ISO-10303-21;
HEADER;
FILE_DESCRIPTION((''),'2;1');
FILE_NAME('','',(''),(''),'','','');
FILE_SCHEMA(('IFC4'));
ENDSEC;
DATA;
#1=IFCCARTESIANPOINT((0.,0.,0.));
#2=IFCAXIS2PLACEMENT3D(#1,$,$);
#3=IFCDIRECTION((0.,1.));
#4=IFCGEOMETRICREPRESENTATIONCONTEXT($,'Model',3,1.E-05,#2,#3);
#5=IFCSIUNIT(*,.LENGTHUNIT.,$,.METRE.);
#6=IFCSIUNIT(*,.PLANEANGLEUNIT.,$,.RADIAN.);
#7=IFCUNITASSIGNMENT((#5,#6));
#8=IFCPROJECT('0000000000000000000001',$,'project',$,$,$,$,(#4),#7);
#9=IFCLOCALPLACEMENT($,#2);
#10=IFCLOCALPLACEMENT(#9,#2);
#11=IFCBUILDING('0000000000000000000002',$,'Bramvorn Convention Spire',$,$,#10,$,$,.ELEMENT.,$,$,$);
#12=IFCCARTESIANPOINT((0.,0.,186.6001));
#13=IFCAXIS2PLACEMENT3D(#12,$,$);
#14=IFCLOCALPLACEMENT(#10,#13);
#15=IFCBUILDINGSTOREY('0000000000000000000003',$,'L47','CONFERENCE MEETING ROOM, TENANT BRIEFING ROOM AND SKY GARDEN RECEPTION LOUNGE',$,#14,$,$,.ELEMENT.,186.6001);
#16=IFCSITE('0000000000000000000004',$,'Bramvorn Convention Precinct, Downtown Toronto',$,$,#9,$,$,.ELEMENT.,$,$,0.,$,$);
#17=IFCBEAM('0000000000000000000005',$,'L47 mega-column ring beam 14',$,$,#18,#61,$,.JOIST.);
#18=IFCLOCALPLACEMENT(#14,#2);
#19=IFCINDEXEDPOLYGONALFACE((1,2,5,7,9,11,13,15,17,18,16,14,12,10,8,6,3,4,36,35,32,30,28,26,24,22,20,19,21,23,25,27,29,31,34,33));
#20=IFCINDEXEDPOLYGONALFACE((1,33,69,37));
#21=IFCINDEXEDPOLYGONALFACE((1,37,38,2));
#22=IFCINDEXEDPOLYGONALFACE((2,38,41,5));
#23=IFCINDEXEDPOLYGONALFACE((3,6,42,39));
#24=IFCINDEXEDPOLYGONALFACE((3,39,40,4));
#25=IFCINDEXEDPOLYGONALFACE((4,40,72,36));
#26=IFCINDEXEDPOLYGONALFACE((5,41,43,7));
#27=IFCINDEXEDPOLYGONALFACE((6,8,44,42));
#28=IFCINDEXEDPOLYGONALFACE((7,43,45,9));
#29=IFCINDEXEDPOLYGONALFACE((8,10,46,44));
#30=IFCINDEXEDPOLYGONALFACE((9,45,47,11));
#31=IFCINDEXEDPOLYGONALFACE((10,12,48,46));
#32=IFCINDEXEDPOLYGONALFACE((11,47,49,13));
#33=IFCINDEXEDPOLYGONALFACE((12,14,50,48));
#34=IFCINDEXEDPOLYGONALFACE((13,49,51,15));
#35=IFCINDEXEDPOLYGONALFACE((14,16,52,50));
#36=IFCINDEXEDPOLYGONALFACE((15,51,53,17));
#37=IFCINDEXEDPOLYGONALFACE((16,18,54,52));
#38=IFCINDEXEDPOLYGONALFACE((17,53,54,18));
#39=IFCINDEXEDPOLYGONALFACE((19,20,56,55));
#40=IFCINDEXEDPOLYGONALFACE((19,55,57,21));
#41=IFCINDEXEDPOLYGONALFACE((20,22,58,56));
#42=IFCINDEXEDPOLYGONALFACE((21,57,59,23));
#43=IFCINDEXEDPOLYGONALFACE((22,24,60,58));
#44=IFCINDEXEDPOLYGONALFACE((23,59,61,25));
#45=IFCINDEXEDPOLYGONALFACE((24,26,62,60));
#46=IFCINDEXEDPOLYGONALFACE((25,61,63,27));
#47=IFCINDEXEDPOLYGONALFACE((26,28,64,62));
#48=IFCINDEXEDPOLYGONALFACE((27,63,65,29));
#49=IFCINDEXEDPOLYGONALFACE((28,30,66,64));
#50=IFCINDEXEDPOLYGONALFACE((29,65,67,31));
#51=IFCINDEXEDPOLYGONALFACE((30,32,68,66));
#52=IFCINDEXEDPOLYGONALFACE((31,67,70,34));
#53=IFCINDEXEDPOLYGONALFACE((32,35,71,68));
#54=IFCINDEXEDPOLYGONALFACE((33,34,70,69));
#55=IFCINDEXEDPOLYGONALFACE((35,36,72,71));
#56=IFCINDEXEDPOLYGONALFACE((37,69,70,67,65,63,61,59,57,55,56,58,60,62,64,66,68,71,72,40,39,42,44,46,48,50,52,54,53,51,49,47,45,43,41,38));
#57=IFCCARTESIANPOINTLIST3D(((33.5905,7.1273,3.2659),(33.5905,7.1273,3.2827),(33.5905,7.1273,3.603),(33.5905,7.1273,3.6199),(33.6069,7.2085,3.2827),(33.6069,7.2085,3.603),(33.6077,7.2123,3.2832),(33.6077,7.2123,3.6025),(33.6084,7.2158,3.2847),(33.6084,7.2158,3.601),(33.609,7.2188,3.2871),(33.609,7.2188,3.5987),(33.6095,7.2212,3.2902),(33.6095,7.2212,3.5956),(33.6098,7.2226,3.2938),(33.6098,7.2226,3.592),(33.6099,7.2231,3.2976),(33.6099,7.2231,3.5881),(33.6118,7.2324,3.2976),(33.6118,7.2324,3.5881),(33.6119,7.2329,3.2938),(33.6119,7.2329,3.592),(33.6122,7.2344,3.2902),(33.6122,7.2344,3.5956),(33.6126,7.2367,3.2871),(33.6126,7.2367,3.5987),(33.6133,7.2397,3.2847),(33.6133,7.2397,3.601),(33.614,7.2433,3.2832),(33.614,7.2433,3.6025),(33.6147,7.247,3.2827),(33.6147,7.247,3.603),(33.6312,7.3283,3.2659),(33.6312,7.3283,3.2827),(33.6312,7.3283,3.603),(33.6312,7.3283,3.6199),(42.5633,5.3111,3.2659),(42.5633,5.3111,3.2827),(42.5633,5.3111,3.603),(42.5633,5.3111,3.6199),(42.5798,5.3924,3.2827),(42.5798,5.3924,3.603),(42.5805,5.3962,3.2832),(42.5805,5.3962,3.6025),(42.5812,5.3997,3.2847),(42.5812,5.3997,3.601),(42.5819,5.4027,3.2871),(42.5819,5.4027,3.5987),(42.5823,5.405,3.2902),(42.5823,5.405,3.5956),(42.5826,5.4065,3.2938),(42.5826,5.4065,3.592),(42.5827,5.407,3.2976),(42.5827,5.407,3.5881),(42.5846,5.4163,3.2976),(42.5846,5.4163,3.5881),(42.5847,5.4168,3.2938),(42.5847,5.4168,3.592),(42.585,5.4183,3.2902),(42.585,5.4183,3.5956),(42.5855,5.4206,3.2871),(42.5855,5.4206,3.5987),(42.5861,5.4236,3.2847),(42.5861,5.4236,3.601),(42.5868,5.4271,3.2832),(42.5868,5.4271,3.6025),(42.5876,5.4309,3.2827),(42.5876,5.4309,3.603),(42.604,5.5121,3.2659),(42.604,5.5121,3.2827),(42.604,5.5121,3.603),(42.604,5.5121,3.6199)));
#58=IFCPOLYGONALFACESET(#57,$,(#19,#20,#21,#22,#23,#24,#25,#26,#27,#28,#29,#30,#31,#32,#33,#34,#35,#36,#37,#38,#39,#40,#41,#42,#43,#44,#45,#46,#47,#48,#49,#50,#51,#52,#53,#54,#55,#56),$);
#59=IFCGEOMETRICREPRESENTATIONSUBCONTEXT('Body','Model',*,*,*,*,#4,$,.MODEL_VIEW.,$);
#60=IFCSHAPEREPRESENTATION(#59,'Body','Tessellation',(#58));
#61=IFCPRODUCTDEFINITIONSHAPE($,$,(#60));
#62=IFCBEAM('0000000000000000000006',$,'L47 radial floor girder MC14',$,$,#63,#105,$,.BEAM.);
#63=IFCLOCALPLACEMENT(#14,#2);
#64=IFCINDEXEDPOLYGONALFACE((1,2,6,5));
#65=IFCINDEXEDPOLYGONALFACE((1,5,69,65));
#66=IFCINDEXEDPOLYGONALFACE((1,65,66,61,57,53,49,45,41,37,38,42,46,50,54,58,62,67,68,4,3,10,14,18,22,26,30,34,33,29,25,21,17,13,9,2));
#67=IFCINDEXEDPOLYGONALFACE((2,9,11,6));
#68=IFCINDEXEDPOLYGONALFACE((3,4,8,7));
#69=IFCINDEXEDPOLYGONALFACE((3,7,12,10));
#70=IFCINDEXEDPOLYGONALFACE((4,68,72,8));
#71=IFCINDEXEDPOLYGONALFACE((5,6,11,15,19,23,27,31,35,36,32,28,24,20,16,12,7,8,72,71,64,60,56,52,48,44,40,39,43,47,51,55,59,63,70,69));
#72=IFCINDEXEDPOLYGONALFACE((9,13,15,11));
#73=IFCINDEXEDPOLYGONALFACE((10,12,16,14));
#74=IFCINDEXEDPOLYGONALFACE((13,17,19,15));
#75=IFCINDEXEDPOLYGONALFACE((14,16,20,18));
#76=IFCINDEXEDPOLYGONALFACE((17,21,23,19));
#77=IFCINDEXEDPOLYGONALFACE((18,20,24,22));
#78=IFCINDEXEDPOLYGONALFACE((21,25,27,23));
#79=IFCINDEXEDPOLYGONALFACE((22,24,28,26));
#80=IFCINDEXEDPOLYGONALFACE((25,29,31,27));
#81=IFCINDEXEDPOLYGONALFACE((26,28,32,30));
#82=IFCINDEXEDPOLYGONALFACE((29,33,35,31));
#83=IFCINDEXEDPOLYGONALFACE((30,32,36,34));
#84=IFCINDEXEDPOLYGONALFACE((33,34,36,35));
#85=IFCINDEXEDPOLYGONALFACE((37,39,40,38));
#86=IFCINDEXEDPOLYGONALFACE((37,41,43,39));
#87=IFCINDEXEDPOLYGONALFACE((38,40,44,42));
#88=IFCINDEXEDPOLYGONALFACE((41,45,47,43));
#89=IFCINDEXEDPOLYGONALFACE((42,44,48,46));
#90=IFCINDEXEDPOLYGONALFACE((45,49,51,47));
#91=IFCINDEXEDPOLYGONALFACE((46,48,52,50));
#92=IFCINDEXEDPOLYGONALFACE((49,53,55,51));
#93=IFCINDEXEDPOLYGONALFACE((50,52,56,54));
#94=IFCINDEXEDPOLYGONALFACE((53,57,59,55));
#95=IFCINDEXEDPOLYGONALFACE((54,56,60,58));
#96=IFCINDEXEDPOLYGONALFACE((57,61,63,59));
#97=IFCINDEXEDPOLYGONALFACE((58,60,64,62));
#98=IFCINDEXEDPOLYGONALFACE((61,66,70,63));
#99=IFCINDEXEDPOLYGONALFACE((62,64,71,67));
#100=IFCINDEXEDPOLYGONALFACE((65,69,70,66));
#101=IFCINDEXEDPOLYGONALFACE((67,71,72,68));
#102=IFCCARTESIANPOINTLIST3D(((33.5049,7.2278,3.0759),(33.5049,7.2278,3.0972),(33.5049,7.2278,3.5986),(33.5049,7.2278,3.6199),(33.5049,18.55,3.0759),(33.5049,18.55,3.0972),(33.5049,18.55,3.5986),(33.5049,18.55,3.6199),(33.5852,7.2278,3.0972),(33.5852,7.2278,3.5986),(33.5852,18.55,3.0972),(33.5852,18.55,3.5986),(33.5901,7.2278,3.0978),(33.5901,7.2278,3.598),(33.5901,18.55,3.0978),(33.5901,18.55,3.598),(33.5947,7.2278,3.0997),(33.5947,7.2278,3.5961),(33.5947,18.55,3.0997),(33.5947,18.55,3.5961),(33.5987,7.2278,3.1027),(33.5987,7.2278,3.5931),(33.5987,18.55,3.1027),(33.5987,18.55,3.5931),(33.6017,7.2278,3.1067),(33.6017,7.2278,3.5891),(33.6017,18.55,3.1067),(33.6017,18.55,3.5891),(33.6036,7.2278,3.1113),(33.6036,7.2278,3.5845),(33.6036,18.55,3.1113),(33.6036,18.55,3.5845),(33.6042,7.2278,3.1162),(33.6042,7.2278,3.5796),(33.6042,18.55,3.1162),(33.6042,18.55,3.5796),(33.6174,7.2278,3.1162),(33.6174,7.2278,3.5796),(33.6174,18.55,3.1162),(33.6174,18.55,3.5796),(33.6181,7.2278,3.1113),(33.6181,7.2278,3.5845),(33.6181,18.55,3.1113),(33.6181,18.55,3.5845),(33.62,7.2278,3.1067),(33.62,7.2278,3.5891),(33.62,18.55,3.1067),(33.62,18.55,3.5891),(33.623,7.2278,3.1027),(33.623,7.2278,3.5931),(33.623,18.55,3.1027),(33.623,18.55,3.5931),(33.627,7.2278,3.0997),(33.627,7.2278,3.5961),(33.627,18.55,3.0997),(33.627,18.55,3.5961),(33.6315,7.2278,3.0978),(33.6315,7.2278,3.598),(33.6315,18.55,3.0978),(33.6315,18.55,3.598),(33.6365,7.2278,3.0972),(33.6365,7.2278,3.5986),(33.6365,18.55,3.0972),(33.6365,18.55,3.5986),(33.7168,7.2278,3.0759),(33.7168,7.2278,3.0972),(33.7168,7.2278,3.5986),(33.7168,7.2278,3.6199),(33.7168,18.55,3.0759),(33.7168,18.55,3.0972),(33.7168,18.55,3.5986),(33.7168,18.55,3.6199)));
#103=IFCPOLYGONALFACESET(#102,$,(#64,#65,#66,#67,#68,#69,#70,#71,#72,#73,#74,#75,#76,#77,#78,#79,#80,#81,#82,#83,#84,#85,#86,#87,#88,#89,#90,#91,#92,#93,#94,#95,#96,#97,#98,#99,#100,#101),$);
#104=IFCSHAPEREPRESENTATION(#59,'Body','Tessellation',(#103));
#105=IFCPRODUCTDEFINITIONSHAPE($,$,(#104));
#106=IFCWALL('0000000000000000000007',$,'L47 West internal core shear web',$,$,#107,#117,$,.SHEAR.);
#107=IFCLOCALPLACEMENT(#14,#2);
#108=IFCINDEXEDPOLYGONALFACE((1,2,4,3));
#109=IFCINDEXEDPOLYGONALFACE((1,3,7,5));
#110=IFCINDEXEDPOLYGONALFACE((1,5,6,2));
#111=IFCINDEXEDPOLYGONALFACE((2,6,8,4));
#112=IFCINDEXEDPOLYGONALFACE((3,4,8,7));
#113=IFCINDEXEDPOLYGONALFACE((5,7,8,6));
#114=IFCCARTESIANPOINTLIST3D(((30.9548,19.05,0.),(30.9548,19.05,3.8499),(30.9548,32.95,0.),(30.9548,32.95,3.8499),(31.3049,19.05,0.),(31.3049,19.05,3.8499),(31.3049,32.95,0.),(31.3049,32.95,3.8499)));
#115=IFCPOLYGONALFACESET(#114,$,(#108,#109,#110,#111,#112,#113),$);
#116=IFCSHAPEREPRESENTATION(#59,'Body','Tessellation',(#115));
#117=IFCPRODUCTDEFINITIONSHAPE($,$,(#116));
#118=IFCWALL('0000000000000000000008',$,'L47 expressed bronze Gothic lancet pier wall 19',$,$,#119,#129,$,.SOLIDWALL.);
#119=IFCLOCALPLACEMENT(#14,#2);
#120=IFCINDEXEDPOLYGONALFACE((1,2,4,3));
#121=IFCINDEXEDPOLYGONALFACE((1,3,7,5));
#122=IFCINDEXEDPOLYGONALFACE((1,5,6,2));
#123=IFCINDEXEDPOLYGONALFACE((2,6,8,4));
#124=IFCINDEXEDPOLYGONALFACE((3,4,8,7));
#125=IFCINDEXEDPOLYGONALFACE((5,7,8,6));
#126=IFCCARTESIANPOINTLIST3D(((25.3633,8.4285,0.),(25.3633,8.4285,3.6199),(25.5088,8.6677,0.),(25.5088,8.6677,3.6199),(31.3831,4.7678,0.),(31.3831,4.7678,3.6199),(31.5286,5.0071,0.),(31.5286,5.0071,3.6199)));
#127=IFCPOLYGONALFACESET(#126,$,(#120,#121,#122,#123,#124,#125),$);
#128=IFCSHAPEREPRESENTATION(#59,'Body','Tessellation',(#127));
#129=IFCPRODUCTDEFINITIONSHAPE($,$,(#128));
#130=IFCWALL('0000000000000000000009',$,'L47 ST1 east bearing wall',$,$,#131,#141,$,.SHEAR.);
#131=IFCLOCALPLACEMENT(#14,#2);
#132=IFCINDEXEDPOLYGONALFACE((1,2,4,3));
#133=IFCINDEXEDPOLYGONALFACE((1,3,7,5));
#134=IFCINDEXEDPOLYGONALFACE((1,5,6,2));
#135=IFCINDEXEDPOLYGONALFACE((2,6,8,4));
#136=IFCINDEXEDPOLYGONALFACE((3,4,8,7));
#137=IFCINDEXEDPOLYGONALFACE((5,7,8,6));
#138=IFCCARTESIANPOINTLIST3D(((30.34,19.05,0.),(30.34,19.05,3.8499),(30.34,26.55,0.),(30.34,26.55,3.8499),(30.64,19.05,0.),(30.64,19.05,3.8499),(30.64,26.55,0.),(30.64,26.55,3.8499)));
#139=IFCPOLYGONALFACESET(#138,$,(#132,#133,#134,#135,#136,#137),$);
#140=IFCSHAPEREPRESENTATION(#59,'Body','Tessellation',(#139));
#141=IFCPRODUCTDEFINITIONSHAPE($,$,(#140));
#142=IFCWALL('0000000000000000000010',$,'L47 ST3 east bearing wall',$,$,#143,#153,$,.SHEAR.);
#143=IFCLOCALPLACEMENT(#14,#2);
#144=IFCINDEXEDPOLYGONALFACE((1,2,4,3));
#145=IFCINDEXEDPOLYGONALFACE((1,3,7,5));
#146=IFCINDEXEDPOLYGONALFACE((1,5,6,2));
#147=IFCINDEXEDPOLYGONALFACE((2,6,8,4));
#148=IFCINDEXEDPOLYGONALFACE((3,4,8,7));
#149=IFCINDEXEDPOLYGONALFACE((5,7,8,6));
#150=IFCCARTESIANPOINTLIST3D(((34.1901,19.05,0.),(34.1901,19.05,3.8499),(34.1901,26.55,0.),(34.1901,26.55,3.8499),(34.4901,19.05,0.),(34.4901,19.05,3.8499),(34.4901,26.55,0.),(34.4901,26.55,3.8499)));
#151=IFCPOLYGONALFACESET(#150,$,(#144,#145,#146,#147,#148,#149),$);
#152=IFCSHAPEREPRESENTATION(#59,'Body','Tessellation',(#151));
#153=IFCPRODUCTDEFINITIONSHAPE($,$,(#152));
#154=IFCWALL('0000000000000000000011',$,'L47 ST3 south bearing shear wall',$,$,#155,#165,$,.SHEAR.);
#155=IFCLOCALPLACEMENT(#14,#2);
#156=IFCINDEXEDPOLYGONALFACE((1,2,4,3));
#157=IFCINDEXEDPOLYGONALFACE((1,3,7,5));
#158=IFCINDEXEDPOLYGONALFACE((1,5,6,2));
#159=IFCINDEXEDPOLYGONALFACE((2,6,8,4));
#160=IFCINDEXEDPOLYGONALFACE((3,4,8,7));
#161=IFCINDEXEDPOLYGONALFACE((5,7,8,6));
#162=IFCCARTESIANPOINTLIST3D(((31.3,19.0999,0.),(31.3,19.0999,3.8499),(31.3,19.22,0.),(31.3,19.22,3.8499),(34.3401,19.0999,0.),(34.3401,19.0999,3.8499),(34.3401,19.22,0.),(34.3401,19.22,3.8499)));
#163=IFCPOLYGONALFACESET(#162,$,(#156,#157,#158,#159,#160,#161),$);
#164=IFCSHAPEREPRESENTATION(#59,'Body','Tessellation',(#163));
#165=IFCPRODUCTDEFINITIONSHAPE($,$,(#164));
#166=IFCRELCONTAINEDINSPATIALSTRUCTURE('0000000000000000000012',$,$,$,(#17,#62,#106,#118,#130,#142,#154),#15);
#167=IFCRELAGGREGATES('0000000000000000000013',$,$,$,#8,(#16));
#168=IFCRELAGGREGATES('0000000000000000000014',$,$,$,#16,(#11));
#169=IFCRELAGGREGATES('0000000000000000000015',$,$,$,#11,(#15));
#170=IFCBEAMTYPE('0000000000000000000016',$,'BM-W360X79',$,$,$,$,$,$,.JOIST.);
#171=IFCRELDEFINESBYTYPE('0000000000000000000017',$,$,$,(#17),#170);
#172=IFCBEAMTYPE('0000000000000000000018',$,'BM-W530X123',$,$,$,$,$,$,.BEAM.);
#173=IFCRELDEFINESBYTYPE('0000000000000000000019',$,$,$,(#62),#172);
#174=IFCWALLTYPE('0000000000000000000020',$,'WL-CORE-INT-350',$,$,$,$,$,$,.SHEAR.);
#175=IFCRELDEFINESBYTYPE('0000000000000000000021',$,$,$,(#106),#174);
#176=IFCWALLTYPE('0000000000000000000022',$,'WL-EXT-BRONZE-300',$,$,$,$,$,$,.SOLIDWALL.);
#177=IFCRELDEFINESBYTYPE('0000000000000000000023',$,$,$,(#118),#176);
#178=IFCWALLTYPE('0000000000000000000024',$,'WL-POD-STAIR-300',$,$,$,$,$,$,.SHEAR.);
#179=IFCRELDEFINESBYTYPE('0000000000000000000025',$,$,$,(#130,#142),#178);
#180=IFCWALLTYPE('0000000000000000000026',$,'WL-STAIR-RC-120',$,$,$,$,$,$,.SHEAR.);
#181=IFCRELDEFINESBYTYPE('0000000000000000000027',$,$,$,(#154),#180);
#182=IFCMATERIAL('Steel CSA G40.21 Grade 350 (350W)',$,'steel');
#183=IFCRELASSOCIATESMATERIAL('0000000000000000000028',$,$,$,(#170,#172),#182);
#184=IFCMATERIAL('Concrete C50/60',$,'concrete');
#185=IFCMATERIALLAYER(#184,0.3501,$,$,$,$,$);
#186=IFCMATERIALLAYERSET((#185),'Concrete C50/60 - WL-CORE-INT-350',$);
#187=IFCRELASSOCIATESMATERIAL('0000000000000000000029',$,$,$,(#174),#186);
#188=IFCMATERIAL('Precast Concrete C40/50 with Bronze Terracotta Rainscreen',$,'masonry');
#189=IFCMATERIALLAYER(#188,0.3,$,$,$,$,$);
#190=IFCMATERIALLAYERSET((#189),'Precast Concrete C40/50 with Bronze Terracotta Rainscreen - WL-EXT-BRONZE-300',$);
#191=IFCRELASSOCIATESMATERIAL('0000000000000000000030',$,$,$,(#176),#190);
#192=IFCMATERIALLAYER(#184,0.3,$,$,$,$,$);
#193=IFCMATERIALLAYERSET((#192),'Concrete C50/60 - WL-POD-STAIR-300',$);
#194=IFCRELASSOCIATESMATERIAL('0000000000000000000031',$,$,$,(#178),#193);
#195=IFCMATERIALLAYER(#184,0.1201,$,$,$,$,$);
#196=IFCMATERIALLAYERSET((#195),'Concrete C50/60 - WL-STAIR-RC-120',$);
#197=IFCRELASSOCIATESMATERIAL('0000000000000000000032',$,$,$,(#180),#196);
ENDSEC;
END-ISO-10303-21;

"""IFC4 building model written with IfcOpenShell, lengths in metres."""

from ifc_helpers import new_model, si_unit, direction, frame, frame_2d, origin, origin_2d, place, context, subcontext, project, spatial, rectangle, i_section, extrude, material, layer, layer_set, material_profile, profile_set, type_object, element, save


model = new_model("IFC4")

# Units and contexts
model_context = context("Model", 3, precision=1e-05, world=origin(), true_north=direction((0.0, 1.0)))
body_context = subcontext(model_context, "Body", "Model", "MODEL_VIEW")
ifc_project = project(units=[si_unit("LENGTHUNIT", "METRE"), si_unit("PLANEANGLEUNIT", "RADIAN")], contexts=[model_context])

# Site, building, storey
site_placement = place(None, origin())
site = spatial("IfcSite", under=ifc_project, at=site_placement, Name="Bramvorn Convention Precinct, Downtown Toronto", CompositionType="ELEMENT", RefElevation=0.0)
building_placement = place(site_placement, origin())
building = spatial("IfcBuilding", under=site, at=building_placement, Name="Bramvorn Convention Spire", CompositionType="ELEMENT")
storey_placement = place(building_placement, frame((0.0, 0.0, 186.6001)))
storey = spatial("IfcBuildingStorey", under=building, at=storey_placement, Name="L47", Description="CONFERENCE MEETING ROOM, TENANT BRIEFING ROOM AND SKY GARDEN RECEPTION LOUNGE", CompositionType="ELEMENT", Elevation=186.6001)

# Shared definitions
ifc_material_1 = material(Name="Steel CSA G40.21 Grade 350 (350W)", Category="steel")

# Beams
ifc_material_profile_1 = material_profile(ifc_material_1, i_section(OverallWidth=0.2051, OverallDepth=0.354, WebThickness=0.0095, FlangeThickness=0.0168, FilletRadius=0.0149, at=origin_2d()))
ifc_profile_set_1 = profile_set([ifc_material_profile_1], Name="Steel CSA G40.21 Grade 350 (350W) - W360X79")
beam_type_1 = type_object("IfcBeamType", Name="BM-W360X79", PredefinedType="JOIST", material=ifc_profile_set_1)
beam_1_placement = place(storey_placement, frame((33.6108, 7.2278, 3.4429), z_axis=(0.980125, -0.198382, 0.0), x_axis=(0.198382, 0.980125, 0.0)))
element("IfcBeam", 1, at=beam_1_placement, inside=storey, type_object=beam_type_1, Name="L47 mega-column ring beam 14", PredefinedType="JOIST", context=body_context, shape_type="SweptSolid", body=[
    extrude(i_section(OverallWidth=0.2051, OverallDepth=0.354, WebThickness=0.0095, FlangeThickness=0.0168, FilletRadius=0.0149, at=origin_2d()), origin(), (0.0, 0.0, 1.0), 9.1548),
])
ifc_material_profile_2 = material_profile(ifc_material_1, i_section(OverallWidth=0.2119, OverallDepth=0.5439, WebThickness=0.0132, FlangeThickness=0.0212, FilletRadius=0.019, at=origin_2d()))
ifc_profile_set_2 = profile_set([ifc_material_profile_2], Name="Steel CSA G40.21 Grade 350 (350W) - W530X123")
beam_type_2 = type_object("IfcBeamType", Name="BM-W530X123", PredefinedType="BEAM", material=ifc_profile_set_2)
beam_2_placement = place(storey_placement, frame((33.6108, 18.55, 3.3479), z_axis=(0.0, -1.0, 0.0), x_axis=(1.0, 0.0, 0.0)))
element("IfcBeam", 2, at=beam_2_placement, inside=storey, type_object=beam_type_2, Name="L47 radial floor girder MC14", PredefinedType="BEAM", context=body_context, shape_type="SweptSolid", body=[
    extrude(i_section(OverallWidth=0.2119, OverallDepth=0.5439, WebThickness=0.0132, FlangeThickness=0.0212, FilletRadius=0.019, at=origin_2d()), origin(), (0.0, 0.0, 1.0), 11.3223),
])

# Wall
ifc_material_2 = material(Name="Concrete C50/60", Category="concrete")
ifc_layer_1 = layer(ifc_material_2, 0.3501)
ifc_layer_set_1 = layer_set([ifc_layer_1], Name="Concrete C50/60 - WL-CORE-INT-350")
wall_type_1 = type_object("IfcWallType", Name="WL-CORE-INT-350", PredefinedType="SHEAR", material=ifc_layer_set_1)
wall_1_placement = place(storey_placement, frame((31.1299, 19.05, 0.0), z_axis=(0.0, 0.0, 1.0), x_axis=(0.0, 1.0, 0.0)))
element("IfcWall", 3, at=wall_1_placement, inside=storey, type_object=wall_type_1, Name="L47 West internal core shear web", PredefinedType="SHEAR", context=body_context, shape_type="SweptSolid", body=[
    extrude(rectangle(XDim=13.8999, YDim=0.3501, at=frame_2d((6.95, 0.0))), origin(), (0.0, 0.0, 1.0), 3.8499),
])

# Walls
ifc_material_3 = material(Name="Precast Concrete C40/50 with Bronze Terracotta Rainscreen", Category="masonry")
ifc_layer_2 = layer(ifc_material_3, 0.3)
ifc_layer_set_2 = layer_set([ifc_layer_2], Name="Precast Concrete C40/50 with Bronze Terracotta Rainscreen - WL-EXT-BRONZE-300")
wall_type_2 = type_object("IfcWallType", Name="WL-EXT-BRONZE-300", PredefinedType="SOLIDWALL", material=ifc_layer_set_2)
wall_2_placement = place(storey_placement, frame((31.4558, 4.8875, 0.0), z_axis=(0.0, 0.0, 1.0), x_axis=(-0.854423, 0.519578, 0.0)))
element("IfcWall", 4, at=wall_2_placement, inside=storey, type_object=wall_type_2, Name="L47 expressed bronze Gothic lancet pier wall 19", PredefinedType="SOLIDWALL", context=body_context, shape_type="SweptSolid", body=[
    extrude(rectangle(XDim=7.0454, YDim=0.28, at=frame_2d((3.5227, 0.0))), origin(), (0.0, 0.0, 1.0), 3.6199),
])
ifc_layer_3 = layer(ifc_material_2, 0.3)
ifc_layer_set_3 = layer_set([ifc_layer_3], Name="Concrete C50/60 - WL-POD-STAIR-300")
wall_type_3 = type_object("IfcWallType", Name="WL-POD-STAIR-300", PredefinedType="SHEAR", material=ifc_layer_set_3)
for number, where, z_axis, x_axis, name in (
    (5, (30.49, 19.05, 0.0), (0.0, 0.0, 1.0), (0.0, 1.0, 0.0), "L47 ST1 east bearing wall"),
    (6, (34.3401, 19.05, 0.0), (0.0, 0.0, 1.0), (0.0, 1.0, 0.0), "L47 ST3 east bearing wall"),
):
    element("IfcWall", number, at=place(storey_placement, frame(where, z_axis=z_axis, x_axis=x_axis)), inside=storey, type_object=wall_type_3, Name=name, PredefinedType="SHEAR", context=body_context, shape_type="SweptSolid", body=[
        extrude(rectangle(XDim=7.5, YDim=0.3, at=frame_2d((3.75, 0.0))), origin(), (0.0, 0.0, 1.0), 3.8499),
    ])
ifc_layer_4 = layer(ifc_material_2, 0.1201)
ifc_layer_set_4 = layer_set([ifc_layer_4], Name="Concrete C50/60 - WL-STAIR-RC-120")
wall_type_4 = type_object("IfcWallType", Name="WL-STAIR-RC-120", PredefinedType="SHEAR", material=ifc_layer_set_4)
wall_3_placement = place(storey_placement, frame((31.3, 19.1599, 0.0), z_axis=(0.0, 0.0, 1.0), x_axis=(1.0, 0.0, 0.0)))
element("IfcWall", 7, at=wall_3_placement, inside=storey, type_object=wall_type_4, Name="L47 ST3 south bearing shear wall", PredefinedType="SHEAR", context=body_context, shape_type="SweptSolid", body=[
    extrude(rectangle(XDim=3.04, YDim=0.1201, at=frame_2d((1.52, 0.0))), origin(), (0.0, 0.0, 1.0), 3.8499),
])

save(model, "model.ifc")
